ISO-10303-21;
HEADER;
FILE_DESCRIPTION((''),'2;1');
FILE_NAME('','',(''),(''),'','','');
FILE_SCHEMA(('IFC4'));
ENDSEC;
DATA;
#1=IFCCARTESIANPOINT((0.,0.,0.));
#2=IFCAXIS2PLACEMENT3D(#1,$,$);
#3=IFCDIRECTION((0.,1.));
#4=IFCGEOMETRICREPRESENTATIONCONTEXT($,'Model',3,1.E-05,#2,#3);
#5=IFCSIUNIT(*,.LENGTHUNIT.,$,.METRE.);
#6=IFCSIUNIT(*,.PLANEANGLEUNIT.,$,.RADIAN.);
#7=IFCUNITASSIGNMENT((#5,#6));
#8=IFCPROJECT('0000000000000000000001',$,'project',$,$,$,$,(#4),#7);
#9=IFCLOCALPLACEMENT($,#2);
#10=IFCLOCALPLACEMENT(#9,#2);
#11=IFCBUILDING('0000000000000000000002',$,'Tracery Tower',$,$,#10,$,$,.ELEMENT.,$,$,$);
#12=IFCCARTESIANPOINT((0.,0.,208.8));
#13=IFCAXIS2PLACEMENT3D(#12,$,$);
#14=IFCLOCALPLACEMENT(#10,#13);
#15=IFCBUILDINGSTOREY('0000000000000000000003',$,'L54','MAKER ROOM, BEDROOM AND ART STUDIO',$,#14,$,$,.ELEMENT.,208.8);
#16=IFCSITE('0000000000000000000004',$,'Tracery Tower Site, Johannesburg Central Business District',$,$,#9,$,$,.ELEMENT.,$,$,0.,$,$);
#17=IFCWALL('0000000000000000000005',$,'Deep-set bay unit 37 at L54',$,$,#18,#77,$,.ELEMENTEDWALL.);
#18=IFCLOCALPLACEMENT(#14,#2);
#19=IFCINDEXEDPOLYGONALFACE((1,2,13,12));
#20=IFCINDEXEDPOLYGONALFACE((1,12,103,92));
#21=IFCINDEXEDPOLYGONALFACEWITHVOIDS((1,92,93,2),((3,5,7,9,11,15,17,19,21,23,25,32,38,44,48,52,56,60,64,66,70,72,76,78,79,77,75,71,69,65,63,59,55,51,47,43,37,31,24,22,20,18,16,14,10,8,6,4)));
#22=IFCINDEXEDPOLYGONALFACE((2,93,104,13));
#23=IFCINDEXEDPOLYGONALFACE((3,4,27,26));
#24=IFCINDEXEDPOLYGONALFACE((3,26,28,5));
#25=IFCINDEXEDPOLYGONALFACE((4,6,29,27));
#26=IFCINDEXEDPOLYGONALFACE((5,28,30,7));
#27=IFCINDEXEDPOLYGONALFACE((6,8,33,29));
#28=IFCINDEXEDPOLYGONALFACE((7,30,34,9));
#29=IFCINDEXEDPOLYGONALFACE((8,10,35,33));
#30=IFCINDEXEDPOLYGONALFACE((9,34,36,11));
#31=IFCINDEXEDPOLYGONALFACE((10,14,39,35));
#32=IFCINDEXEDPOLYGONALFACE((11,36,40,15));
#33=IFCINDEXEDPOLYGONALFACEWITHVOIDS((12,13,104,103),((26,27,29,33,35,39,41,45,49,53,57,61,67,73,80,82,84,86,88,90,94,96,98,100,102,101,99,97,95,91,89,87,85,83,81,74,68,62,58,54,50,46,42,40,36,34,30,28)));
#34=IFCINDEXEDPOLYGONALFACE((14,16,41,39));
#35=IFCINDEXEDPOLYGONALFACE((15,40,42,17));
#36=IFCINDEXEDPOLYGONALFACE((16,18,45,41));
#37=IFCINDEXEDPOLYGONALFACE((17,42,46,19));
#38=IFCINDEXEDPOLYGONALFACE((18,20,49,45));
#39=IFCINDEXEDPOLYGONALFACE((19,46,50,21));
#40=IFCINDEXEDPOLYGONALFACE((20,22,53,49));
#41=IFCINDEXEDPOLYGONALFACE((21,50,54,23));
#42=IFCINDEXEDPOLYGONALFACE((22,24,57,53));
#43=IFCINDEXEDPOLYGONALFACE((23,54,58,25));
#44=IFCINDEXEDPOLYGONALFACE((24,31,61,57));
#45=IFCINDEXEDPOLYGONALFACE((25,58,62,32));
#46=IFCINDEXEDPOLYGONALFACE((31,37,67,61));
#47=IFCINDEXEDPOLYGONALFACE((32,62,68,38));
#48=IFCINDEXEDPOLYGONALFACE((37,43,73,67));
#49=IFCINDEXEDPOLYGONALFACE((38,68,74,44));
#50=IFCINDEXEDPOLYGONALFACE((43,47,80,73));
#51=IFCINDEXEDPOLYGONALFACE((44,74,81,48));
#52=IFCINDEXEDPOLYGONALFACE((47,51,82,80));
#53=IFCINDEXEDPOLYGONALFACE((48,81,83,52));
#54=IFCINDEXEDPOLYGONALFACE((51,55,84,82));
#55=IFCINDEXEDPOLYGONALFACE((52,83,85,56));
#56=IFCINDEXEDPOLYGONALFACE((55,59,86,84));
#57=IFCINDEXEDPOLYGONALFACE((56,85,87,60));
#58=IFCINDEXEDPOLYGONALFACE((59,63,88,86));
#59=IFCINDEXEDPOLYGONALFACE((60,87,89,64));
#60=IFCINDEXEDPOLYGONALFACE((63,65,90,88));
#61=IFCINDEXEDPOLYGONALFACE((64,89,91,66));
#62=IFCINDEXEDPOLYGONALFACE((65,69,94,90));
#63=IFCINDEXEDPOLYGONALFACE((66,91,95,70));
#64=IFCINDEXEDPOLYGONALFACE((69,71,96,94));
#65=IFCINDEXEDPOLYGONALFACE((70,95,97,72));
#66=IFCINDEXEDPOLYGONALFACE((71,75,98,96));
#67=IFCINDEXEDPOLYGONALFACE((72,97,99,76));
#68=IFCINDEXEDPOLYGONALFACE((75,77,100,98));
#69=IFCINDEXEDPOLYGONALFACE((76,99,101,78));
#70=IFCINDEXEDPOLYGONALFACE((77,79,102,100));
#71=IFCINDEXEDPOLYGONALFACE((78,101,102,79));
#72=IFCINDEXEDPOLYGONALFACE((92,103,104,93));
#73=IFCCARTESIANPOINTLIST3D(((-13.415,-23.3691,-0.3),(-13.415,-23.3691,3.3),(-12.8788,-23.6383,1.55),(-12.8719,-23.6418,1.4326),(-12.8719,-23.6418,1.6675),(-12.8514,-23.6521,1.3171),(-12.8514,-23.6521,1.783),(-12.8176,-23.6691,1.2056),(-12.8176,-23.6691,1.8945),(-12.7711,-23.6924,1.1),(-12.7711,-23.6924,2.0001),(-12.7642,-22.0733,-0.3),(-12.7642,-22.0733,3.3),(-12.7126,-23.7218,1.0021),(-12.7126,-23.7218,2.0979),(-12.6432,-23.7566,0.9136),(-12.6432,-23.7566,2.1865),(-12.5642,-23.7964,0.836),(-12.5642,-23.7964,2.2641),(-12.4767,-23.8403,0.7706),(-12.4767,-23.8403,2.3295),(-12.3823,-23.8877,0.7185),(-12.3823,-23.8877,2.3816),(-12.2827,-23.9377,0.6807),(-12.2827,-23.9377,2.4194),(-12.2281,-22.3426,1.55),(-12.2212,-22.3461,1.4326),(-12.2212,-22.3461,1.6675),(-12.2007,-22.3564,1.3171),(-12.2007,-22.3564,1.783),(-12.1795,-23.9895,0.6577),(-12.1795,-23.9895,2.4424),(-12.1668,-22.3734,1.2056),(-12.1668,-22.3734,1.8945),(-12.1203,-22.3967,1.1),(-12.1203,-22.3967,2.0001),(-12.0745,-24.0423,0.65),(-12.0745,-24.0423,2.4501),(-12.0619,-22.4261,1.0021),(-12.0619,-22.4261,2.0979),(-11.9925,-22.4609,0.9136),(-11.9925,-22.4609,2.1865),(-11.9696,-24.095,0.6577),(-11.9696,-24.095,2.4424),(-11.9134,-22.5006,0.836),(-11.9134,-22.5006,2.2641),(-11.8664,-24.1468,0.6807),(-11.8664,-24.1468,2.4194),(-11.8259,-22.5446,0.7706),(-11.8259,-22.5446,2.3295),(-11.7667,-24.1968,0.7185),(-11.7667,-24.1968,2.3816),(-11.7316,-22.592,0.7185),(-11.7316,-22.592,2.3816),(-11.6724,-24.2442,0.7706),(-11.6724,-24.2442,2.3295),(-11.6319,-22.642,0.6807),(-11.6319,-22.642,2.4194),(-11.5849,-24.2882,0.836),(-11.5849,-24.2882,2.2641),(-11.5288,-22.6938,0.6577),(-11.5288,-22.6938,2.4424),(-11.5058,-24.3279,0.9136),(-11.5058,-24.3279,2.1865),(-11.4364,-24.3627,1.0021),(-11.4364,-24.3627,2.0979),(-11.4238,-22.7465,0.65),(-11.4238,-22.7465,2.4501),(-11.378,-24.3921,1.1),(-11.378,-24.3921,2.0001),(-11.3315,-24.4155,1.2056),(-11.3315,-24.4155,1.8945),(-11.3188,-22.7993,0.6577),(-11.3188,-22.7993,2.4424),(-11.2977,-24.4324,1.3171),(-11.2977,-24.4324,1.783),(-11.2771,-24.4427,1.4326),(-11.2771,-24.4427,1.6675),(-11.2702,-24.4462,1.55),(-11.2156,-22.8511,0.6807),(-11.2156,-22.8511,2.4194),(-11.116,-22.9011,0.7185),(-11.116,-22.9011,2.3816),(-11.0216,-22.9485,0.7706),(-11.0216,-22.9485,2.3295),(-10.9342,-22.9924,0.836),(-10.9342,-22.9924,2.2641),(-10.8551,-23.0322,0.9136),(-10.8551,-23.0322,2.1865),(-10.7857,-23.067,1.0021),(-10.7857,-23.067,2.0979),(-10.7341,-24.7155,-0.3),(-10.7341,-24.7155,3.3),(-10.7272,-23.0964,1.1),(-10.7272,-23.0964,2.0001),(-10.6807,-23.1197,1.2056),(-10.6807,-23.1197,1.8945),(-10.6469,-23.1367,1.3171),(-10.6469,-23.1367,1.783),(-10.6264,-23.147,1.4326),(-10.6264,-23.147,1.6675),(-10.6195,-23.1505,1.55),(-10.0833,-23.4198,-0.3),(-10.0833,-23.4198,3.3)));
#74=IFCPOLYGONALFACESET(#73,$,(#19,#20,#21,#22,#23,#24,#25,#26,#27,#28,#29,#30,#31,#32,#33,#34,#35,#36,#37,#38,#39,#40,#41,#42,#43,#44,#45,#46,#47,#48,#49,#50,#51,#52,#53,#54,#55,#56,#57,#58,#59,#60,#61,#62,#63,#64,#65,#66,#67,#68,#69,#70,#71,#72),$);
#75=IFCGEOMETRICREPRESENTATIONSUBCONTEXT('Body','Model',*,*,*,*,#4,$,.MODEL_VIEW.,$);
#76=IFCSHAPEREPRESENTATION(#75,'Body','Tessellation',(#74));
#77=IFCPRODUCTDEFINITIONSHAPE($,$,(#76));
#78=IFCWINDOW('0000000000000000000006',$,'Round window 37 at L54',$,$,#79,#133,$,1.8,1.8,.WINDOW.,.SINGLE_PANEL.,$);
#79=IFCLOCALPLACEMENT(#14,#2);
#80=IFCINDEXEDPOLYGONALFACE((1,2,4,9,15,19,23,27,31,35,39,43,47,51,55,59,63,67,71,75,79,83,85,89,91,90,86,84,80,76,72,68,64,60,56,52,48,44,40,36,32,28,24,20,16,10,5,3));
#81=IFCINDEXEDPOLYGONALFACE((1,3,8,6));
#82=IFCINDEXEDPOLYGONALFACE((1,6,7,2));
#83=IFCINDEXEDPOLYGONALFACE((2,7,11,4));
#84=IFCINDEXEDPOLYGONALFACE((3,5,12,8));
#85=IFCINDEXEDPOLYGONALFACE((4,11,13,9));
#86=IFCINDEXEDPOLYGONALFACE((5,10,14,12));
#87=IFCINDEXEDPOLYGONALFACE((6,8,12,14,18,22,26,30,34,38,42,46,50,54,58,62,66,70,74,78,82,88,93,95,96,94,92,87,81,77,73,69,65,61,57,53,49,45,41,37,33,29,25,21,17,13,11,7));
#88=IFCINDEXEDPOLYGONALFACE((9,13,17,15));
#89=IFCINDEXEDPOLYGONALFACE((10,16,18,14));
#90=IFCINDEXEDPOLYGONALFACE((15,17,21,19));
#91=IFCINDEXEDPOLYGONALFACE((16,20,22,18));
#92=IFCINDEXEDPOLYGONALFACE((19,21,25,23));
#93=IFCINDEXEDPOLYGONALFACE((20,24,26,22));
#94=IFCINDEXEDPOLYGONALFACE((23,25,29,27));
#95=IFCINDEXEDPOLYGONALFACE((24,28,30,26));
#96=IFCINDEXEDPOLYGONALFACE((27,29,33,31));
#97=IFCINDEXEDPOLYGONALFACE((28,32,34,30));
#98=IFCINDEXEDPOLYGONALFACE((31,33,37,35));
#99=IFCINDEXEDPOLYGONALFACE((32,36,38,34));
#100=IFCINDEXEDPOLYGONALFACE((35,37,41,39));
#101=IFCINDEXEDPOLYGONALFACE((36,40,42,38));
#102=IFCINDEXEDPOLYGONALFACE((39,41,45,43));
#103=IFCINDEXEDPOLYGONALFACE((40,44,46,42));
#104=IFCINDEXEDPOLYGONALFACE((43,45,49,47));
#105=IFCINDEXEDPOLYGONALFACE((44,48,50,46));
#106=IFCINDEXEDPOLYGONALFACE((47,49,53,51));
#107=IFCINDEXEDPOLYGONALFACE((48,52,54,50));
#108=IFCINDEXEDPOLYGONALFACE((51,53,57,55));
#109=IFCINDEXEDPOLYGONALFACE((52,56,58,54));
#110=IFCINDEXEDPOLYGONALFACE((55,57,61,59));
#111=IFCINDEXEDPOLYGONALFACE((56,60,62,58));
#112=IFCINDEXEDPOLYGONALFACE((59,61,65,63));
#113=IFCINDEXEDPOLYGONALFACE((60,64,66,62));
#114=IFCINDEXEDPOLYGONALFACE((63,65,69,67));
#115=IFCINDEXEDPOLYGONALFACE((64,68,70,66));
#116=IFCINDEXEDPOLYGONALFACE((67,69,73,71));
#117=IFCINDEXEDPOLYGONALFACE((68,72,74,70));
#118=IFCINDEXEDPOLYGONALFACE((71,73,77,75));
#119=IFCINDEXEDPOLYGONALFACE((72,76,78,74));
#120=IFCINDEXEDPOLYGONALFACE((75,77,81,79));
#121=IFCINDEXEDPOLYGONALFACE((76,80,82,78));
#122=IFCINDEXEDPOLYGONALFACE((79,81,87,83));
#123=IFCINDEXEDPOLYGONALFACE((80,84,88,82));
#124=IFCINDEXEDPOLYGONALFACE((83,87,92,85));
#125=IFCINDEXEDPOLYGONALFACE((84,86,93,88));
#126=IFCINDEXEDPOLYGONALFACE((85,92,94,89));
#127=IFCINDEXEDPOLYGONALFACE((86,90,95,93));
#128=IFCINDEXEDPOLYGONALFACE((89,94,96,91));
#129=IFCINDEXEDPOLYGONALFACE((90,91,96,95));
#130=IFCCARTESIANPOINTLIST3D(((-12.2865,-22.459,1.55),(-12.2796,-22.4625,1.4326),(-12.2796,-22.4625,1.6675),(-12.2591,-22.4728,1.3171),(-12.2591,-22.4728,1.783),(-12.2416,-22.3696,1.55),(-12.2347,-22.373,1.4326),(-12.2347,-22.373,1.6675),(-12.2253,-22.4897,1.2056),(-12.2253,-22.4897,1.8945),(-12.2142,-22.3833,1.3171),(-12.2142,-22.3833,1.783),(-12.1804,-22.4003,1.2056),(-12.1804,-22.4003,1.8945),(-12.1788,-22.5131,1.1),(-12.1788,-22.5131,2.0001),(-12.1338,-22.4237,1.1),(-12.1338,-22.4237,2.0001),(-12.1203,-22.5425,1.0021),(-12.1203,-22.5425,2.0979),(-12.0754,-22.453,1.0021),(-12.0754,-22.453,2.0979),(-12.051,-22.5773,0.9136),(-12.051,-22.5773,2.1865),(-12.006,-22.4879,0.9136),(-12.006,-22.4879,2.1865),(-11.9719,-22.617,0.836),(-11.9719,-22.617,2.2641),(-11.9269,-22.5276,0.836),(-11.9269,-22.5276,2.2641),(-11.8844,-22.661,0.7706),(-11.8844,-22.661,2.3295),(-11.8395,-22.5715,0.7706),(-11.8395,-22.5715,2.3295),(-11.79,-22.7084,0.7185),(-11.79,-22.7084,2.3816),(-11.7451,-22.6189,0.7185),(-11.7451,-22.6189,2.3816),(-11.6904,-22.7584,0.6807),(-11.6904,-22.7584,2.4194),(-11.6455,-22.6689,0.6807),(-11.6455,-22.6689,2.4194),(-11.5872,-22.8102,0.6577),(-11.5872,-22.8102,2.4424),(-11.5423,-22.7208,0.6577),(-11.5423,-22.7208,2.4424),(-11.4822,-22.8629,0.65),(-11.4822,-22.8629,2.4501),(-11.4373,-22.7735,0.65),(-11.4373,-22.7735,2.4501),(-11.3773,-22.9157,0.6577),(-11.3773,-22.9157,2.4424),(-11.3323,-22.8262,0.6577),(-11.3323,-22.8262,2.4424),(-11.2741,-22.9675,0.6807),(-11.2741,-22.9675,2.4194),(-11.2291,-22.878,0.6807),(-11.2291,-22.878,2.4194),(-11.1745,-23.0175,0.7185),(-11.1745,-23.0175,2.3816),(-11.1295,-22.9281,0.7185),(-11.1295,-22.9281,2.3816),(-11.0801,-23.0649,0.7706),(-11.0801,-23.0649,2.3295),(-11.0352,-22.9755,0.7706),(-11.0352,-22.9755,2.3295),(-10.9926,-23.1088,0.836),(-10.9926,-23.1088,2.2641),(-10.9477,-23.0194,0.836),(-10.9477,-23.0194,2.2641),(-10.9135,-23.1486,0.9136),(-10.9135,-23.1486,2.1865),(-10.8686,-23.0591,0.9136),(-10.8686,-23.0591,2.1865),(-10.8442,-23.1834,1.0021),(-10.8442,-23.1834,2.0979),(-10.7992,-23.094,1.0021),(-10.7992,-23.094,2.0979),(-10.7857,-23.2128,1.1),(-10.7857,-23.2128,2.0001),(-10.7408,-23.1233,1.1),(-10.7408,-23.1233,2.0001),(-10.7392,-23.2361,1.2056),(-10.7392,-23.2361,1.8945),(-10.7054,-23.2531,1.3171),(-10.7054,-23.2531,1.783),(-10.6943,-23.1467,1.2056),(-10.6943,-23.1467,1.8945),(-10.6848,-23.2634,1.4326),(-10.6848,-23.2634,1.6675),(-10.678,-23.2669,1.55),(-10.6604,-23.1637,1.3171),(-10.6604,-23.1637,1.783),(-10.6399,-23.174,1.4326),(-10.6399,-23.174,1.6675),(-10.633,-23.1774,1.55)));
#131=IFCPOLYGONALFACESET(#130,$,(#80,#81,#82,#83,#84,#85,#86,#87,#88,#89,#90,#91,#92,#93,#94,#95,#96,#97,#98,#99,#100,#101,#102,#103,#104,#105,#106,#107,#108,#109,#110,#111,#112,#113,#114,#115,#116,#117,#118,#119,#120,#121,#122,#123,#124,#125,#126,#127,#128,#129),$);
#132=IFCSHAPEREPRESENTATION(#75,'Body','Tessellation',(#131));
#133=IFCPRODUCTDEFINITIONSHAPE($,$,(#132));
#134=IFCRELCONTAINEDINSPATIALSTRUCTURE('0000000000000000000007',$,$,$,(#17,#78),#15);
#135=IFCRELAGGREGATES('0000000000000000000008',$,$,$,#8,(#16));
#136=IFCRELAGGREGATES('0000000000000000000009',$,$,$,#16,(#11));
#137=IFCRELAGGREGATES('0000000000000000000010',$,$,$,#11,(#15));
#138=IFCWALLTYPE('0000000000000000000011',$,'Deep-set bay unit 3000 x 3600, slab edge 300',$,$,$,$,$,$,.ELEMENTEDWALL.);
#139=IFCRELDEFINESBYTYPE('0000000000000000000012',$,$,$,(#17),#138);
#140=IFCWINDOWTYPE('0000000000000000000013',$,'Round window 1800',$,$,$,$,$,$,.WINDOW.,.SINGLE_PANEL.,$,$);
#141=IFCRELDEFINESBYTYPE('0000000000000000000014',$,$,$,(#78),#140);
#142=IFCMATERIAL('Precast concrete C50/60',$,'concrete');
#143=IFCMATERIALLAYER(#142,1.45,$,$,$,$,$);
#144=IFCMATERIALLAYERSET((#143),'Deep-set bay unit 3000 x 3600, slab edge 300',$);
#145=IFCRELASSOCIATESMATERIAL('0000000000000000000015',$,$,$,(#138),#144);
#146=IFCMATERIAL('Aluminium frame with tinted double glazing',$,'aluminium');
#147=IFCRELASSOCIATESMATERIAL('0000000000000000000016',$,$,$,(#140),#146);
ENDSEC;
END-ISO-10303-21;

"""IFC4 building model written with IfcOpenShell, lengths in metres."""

from ifc_helpers import new_model, si_unit, direction, frame, frame_2d, origin, origin_2d, place, context, subcontext, project, spatial, rectangle, circle, extrude, material, layer, layer_set, type_object, element, fill, save


model = new_model("IFC4")

# Units and contexts
model_context = context("Model", 3, precision=1e-05, world=origin(), true_north=direction((0.0, 1.0)))
body_context = subcontext(model_context, "Body", "Model", "MODEL_VIEW")
ifc_project = project(units=[si_unit("LENGTHUNIT", "METRE"), si_unit("PLANEANGLEUNIT", "RADIAN")], contexts=[model_context])

# Site, building, storey
site_placement = place(None, origin())
site = spatial("IfcSite", under=ifc_project, at=site_placement, Name="Tracery Tower Site, Johannesburg Central Business District", CompositionType="ELEMENT", RefElevation=0.0)
building_placement = place(site_placement, origin())
building = spatial("IfcBuilding", under=site, at=building_placement, Name="Tracery Tower", CompositionType="ELEMENT")
storey_placement = place(building_placement, frame((0.0, 0.0, 208.8)))
storey = spatial("IfcBuildingStorey", under=building, at=storey_placement, Name="L54", Description="MAKER ROOM, BEDROOM AND ART STUDIO", CompositionType="ELEMENT", Elevation=208.8)

# Wall, opening, window
ifc_material_1 = material(Name="Precast concrete C50/60", Category="concrete")
ifc_layer_1 = layer(ifc_material_1, 1.45)
ifc_layer_set_1 = layer_set([ifc_layer_1], Name="Deep-set bay unit 3000 x 3600, slab edge 300")
wall_type_1 = type_object("IfcWallType", Name="Deep-set bay unit 3000 x 3600, slab edge 300", PredefinedType="ELEMENTEDWALL", material=ifc_layer_set_1)
ifc_material_2 = material(Name="Aluminium frame with tinted double glazing", Category="aluminium")
window_type = type_object("IfcWindowType", Name="Round window 1800", PartitioningType="SINGLE_PANEL", PredefinedType="WINDOW", material=ifc_material_2)
wall_1_placement = place(storey_placement, frame((-13.0896, -22.7212, -0.3), z_axis=(0.0, 0.0, 1.0), x_axis=(0.893628, -0.448808, 0.0)))
wall_1 = element("IfcWall", 1, at=wall_1_placement, inside=storey, type_object=wall_type_1, Name="Deep-set bay unit 37 at L54", PredefinedType="ELEMENTEDWALL", context=body_context, shape_type="SweptSolid", body=[
    extrude(rectangle(XDim=3.0, YDim=1.45, at=frame_2d((1.5, 0.0))), origin(), (0.0, 0.0, 1.0), 3.6001),
])
opening_1_placement = place(wall_1_placement, frame((1.5, 0.0, 1.8501)))
opening_1 = element("IfcOpeningElement", 2, at=opening_1_placement, cuts=wall_1, PredefinedType="OPENING", context=body_context, shape_type="SweptSolid", body=[
    extrude(circle(Radius=0.9, at=origin_2d()), frame((0.0, 0.7349, 0.0), z_axis=(0.0, -1.0, 0.0), x_axis=(1.0, 0.0, 0.0)), (0.0, 0.0, 1.0), 1.47),
])
window_1_placement = place(opening_1_placement, origin())
window_1 = element("IfcWindow", 3, at=window_1_placement, inside=storey, type_object=window_type, Name="Round window 37 at L54", OverallHeight=1.8, OverallWidth=1.8, PartitioningType="SINGLE_PANEL", PredefinedType="WINDOW", context=body_context, shape_type="SweptSolid", body=[
    extrude(circle(Radius=0.9, at=origin_2d()), frame((0.0, 0.6948, 0.0), z_axis=(0.0, -1.0, 0.0), x_axis=(1.0, 0.0, 0.0)), (0.0, 0.0, 1.0), 0.1001),
])
fill(opening_1, window_1)

save(model, "model.ifc")
